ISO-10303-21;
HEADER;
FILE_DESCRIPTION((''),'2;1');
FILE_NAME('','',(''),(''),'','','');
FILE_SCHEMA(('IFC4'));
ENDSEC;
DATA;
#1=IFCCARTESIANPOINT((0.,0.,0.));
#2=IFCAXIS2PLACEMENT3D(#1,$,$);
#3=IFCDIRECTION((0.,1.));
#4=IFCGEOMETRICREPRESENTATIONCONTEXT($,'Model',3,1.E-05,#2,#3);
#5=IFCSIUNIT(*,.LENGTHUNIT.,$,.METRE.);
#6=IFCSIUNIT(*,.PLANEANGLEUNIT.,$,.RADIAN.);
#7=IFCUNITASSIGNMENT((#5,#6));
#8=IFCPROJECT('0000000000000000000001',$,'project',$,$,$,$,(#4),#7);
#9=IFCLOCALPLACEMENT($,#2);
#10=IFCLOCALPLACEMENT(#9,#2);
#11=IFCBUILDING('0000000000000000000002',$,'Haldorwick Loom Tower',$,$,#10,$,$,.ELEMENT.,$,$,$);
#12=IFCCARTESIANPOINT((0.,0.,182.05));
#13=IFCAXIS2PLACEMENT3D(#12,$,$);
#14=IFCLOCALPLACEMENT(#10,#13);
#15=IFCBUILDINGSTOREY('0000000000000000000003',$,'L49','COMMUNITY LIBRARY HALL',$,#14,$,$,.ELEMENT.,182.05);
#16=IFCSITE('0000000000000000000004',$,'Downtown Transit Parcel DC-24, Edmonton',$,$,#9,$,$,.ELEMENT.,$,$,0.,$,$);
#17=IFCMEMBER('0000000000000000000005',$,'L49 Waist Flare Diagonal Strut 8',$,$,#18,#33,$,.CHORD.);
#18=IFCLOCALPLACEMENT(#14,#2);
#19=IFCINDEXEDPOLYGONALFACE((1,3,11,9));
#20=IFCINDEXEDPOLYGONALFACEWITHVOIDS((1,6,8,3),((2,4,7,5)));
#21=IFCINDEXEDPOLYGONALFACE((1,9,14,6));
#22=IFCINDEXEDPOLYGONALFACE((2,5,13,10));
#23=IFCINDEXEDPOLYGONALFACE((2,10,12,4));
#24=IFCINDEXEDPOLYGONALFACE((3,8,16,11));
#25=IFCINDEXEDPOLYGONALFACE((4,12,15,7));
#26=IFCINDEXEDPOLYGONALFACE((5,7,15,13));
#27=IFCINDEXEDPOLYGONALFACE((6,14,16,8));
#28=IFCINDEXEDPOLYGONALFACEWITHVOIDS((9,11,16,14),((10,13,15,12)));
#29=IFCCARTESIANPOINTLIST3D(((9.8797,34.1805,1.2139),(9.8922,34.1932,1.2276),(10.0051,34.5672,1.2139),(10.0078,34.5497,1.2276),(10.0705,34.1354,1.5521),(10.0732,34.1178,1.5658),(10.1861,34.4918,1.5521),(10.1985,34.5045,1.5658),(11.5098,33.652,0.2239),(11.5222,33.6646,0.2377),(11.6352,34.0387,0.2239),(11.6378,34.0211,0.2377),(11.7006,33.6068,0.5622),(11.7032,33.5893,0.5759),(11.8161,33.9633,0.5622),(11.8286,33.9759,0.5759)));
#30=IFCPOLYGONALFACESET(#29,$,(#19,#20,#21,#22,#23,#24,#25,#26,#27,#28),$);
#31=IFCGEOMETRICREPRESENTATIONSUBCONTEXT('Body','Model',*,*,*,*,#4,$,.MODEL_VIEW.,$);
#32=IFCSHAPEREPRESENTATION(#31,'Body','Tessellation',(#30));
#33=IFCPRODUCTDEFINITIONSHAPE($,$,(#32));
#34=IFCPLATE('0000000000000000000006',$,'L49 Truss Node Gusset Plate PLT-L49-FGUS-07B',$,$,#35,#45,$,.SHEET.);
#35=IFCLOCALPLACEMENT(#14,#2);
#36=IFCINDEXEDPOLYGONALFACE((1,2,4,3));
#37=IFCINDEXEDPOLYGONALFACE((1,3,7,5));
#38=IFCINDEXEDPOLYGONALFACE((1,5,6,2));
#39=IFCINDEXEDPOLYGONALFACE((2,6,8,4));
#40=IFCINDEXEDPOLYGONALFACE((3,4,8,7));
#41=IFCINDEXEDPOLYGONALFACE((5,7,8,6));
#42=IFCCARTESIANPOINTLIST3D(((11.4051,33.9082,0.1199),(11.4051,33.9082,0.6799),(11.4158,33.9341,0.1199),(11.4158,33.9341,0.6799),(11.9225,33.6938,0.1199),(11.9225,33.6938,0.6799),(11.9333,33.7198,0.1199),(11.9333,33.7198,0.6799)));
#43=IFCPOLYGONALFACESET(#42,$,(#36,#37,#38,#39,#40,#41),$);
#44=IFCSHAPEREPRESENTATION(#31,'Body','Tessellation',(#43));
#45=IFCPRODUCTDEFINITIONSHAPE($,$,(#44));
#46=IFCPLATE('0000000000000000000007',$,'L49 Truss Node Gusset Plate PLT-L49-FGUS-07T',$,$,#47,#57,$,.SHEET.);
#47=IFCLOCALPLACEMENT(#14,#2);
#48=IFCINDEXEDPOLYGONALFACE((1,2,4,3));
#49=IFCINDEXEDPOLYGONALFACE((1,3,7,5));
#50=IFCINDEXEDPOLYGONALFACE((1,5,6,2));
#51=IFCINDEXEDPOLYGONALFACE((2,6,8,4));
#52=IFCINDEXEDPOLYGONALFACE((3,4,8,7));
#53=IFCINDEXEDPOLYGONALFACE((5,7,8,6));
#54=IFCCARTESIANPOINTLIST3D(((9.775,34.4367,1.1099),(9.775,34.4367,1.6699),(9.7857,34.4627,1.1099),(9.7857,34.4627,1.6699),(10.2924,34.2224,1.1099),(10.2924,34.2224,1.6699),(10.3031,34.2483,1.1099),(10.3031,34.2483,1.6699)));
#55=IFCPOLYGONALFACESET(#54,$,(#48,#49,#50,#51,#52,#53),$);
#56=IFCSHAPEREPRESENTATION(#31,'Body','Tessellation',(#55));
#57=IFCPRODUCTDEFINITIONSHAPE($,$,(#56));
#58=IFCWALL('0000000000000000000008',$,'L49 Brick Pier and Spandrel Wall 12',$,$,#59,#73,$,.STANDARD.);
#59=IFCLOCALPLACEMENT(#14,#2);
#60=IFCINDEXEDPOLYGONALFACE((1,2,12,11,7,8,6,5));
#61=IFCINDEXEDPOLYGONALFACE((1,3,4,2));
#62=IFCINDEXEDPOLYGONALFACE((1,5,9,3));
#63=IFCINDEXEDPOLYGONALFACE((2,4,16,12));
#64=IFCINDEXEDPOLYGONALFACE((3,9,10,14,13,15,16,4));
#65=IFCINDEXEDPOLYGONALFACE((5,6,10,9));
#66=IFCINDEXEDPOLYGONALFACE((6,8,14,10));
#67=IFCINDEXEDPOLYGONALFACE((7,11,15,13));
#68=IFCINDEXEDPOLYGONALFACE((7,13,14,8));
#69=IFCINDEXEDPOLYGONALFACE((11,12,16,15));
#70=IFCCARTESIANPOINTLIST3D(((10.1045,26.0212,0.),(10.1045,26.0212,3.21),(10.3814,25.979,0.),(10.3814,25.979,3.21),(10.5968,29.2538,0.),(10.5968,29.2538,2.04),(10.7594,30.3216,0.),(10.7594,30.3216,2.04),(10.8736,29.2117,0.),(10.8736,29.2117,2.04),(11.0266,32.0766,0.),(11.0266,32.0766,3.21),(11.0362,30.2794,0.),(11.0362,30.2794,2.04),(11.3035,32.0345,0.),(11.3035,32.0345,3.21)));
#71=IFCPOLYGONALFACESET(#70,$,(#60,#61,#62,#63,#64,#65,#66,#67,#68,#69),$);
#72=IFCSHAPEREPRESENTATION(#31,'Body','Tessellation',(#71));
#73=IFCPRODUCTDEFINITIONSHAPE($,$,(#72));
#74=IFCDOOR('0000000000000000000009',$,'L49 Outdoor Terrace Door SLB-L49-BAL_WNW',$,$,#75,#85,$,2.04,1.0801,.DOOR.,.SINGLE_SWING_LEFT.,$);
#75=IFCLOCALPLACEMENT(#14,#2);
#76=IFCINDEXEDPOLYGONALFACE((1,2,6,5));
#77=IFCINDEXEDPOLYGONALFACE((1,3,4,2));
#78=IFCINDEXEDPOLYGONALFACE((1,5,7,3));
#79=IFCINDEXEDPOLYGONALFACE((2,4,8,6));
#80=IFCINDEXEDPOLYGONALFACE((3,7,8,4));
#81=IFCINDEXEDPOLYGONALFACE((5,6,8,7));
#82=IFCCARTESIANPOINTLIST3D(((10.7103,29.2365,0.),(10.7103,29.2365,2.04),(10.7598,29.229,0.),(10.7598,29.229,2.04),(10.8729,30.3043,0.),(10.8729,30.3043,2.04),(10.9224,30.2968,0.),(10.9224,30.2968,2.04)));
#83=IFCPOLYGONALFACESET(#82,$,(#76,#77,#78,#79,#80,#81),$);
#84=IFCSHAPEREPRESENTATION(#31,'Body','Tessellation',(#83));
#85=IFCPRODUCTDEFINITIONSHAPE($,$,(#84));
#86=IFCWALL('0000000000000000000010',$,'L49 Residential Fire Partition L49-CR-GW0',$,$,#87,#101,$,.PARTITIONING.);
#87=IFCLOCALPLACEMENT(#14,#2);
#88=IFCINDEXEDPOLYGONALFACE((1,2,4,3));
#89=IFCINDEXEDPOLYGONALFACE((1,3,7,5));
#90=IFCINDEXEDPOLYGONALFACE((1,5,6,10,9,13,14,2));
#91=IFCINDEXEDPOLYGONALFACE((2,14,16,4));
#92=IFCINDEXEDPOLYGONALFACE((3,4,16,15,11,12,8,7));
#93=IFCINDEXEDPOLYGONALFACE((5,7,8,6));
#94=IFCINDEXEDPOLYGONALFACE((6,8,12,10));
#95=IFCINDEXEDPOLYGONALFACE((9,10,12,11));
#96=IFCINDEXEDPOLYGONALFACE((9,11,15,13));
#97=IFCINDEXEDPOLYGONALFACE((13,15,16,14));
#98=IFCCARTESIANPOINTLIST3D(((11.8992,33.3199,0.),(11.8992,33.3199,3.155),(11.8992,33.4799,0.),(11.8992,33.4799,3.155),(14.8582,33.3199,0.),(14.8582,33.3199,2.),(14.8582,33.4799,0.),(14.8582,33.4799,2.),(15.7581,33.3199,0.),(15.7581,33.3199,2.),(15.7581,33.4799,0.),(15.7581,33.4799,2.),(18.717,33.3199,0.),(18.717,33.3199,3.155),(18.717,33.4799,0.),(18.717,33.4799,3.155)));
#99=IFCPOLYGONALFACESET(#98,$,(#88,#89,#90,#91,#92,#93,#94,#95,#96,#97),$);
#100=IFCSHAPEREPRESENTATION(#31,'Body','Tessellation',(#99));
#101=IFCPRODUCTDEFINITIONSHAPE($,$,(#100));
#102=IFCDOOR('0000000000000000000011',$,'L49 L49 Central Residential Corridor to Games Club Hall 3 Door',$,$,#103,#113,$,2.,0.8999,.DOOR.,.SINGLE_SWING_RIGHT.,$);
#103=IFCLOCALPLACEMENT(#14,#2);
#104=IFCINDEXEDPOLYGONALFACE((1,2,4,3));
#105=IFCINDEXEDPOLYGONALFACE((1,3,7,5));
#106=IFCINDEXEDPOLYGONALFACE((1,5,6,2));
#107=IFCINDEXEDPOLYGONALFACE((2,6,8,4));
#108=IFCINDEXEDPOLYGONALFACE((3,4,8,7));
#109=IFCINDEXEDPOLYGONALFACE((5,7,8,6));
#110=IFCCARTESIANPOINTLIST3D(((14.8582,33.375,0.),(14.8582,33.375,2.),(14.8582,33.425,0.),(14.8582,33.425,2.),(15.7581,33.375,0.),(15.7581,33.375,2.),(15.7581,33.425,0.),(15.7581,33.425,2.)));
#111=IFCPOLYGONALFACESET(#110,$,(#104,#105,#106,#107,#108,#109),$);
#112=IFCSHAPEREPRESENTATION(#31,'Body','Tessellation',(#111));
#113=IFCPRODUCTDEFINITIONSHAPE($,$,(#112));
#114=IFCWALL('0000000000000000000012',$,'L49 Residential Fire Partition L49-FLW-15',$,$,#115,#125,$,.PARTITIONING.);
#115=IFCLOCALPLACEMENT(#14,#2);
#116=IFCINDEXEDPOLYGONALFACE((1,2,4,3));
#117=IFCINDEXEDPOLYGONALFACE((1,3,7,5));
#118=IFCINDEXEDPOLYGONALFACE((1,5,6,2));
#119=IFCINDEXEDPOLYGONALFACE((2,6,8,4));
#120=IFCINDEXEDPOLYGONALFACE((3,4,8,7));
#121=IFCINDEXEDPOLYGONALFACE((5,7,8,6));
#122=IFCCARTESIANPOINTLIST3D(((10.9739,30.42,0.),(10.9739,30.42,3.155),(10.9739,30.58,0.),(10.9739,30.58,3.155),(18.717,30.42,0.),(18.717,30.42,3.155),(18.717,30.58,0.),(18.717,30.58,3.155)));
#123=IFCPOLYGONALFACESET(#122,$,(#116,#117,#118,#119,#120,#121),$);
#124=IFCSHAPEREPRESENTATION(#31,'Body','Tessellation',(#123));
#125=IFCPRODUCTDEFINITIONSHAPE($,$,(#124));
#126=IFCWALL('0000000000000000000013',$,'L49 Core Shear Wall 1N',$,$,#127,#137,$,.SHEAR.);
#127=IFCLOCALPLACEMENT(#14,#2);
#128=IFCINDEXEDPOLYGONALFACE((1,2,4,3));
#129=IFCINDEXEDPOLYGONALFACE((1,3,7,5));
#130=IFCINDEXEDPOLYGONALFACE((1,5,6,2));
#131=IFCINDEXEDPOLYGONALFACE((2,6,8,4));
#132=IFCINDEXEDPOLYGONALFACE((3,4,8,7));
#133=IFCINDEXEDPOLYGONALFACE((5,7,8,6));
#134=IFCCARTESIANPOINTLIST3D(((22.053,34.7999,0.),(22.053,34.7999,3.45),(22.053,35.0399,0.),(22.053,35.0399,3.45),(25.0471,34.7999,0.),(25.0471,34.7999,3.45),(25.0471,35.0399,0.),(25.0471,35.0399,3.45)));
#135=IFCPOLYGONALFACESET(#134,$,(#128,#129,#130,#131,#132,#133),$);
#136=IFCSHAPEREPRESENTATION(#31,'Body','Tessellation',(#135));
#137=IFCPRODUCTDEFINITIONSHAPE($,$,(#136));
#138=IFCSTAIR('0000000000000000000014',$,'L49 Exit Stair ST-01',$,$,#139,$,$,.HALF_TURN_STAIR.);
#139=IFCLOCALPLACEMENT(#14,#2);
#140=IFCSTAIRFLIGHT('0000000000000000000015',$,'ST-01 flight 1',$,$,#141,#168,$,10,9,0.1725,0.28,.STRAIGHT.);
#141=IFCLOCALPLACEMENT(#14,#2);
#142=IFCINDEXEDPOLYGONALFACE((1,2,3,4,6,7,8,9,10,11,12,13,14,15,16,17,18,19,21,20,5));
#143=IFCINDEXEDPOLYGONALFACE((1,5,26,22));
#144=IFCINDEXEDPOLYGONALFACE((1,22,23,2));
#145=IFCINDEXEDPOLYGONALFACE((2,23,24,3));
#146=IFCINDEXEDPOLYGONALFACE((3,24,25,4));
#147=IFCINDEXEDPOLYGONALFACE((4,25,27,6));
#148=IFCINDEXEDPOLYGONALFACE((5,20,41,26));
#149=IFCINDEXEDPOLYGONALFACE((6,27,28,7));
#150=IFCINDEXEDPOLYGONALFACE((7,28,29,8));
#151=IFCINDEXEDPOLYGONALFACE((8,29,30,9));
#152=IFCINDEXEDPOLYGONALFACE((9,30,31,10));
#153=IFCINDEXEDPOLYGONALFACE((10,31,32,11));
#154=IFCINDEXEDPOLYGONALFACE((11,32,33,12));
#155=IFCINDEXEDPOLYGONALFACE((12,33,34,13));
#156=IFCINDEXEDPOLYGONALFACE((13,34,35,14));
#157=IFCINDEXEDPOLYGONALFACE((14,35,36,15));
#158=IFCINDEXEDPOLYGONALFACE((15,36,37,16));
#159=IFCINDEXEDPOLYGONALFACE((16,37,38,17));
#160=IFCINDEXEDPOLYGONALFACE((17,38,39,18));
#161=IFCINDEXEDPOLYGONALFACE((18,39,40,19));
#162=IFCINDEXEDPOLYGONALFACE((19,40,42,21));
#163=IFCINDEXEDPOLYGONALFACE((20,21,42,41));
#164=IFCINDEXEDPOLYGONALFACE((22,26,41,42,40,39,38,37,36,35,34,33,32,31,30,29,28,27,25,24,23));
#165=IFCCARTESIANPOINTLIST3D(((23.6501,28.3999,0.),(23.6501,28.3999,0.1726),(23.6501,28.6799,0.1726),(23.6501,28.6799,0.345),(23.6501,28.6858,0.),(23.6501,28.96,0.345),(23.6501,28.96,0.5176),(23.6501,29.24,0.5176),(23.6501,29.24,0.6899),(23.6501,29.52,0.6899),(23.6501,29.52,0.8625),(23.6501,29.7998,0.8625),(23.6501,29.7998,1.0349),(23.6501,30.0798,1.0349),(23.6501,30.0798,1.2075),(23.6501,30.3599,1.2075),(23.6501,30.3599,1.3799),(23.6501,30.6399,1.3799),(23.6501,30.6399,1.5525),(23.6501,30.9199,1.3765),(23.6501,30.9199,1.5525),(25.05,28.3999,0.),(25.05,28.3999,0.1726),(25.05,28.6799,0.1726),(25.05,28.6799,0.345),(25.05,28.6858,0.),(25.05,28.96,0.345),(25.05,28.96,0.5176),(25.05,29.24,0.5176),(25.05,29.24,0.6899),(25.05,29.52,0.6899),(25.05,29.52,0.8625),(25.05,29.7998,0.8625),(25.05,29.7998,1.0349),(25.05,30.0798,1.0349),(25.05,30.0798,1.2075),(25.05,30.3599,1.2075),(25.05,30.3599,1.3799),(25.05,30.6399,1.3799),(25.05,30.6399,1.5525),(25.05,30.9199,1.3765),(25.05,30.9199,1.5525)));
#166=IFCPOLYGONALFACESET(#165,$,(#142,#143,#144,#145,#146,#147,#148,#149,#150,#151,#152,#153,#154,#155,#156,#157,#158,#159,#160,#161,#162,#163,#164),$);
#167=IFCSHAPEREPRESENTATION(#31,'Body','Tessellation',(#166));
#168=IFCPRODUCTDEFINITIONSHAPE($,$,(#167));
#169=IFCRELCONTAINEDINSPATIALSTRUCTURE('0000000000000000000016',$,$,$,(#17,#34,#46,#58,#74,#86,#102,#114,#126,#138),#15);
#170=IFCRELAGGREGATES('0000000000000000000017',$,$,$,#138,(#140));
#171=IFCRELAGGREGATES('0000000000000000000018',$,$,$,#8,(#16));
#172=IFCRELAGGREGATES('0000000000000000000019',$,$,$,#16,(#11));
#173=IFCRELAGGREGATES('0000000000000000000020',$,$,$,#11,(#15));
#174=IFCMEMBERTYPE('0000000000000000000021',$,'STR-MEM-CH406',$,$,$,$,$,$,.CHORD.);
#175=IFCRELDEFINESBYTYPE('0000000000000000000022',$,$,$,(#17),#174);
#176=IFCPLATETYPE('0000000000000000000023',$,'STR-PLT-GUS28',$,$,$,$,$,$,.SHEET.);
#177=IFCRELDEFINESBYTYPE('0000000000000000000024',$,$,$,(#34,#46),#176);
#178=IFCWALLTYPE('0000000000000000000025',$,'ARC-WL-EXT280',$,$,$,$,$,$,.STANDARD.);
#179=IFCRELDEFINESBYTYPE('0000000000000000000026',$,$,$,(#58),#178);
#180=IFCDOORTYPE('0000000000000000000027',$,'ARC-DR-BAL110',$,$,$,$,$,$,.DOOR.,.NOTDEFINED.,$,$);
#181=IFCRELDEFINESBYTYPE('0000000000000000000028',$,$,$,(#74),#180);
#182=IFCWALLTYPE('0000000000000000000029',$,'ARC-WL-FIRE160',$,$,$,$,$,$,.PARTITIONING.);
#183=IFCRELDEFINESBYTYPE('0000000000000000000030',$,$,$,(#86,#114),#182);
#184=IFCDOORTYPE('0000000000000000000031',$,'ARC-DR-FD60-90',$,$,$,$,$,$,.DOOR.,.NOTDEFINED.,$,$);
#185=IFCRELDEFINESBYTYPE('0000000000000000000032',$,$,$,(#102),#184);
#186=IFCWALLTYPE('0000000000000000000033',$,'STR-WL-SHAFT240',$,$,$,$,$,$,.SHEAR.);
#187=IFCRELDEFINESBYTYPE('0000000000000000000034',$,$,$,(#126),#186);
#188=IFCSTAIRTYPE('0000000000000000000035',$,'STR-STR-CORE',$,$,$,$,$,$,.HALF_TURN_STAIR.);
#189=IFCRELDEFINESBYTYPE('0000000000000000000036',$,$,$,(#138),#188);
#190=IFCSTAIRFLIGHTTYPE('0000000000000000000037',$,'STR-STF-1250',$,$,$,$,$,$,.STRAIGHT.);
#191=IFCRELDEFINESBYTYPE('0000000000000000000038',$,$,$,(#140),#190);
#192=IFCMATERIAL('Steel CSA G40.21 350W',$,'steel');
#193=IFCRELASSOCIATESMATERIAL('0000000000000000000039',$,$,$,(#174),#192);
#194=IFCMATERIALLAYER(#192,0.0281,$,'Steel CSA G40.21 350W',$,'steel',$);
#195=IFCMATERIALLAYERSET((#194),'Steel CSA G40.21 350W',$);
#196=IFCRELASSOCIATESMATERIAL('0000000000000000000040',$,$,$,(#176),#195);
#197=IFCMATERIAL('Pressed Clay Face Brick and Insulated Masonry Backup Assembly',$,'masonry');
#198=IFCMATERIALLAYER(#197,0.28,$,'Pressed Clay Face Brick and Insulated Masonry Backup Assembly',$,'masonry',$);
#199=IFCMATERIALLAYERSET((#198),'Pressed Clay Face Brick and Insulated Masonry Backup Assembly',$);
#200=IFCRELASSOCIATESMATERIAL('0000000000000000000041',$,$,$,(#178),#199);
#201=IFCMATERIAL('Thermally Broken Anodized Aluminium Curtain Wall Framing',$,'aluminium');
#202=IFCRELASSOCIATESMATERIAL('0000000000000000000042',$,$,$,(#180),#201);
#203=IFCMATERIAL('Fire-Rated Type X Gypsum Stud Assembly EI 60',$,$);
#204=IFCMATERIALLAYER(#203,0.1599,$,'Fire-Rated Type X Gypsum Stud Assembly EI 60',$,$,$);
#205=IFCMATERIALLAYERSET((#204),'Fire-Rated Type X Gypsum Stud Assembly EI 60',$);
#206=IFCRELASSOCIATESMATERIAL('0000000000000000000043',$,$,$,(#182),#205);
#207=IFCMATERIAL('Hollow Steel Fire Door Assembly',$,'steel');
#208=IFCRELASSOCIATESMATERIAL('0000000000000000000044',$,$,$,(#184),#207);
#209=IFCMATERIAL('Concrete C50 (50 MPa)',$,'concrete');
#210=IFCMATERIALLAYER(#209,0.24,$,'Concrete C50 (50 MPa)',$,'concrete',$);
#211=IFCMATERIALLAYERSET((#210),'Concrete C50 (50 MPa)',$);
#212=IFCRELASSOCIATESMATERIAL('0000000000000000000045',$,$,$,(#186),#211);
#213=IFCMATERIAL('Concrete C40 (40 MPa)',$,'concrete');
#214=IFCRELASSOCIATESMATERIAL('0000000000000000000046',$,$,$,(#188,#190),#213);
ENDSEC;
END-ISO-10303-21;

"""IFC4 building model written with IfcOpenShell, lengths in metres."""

from ifc_helpers import new_model, si_unit, direction, frame, frame_2d, origin, origin_2d, place, context, subcontext, project, spatial, polyline, rectangle, hollow_rectangle, outline, extrude, material, layer, layer_set, material_profile, profile_set, type_object, element, fill, aggregate, save


model = new_model("IFC4")

# Units and contexts
model_context = context("Model", 3, precision=1e-05, world=origin(), true_north=direction((0.0, 1.0)))
body_context = subcontext(model_context, "Body", "Model", "MODEL_VIEW")
ifc_project = project(units=[si_unit("LENGTHUNIT", "METRE"), si_unit("PLANEANGLEUNIT", "RADIAN")], contexts=[model_context])

# Site, building, storey
site_placement = place(None, origin())
site = spatial("IfcSite", under=ifc_project, at=site_placement, Name="Downtown Transit Parcel DC-24, Edmonton", CompositionType="ELEMENT", RefElevation=0.0)
building_placement = place(site_placement, origin())
building = spatial("IfcBuilding", under=site, at=building_placement, Name="Haldorwick Loom Tower", CompositionType="ELEMENT")
storey_placement = place(building_placement, frame((0.0, 0.0, 182.05)))
storey = spatial("IfcBuildingStorey", under=building, at=storey_placement, Name="L49", Description="COMMUNITY LIBRARY HALL", CompositionType="ELEMENT", Elevation=182.05)

# Shared definitions
ifc_material_1 = material(Name="Steel CSA G40.21 350W", Category="steel")

# Member
ifc_material_profile_1 = material_profile(ifc_material_1, hollow_rectangle(XDim=0.4065, YDim=0.4065, WallThickness=0.0159, at=origin_2d()), Name="HSS406X406X16", Category="steel")
ifc_profile_set_1 = profile_set([ifc_material_profile_1], Name="Steel CSA G40.21 350W")
member_type = type_object("IfcMemberType", Name="STR-MEM-CH406", PredefinedType="CHORD", material=ifc_profile_set_1)
member_placement = place(storey_placement, frame((11.6692, 33.814, 0.3999), z_axis=(-0.823677, 0.267075, 0.500226), x_axis=(-0.308439, -0.951244, 0.0)))
element("IfcMember", 1, at=member_placement, inside=storey, type_object=member_type, Name="L49 Waist Flare Diagonal Strut 8", PredefinedType="CHORD", context=body_context, shape_type="SweptSolid", body=[
    extrude(hollow_rectangle(XDim=0.4065, YDim=0.4065, WallThickness=0.0159, at=origin_2d()), origin(), (0.0, 0.0, 1.0), 1.979),
])

# Plates
ifc_layer_1 = layer(ifc_material_1, 0.0281, Name="Steel CSA G40.21 350W", Category="steel")
ifc_layer_set_1 = layer_set([ifc_layer_1], Name="Steel CSA G40.21 350W")
plate_type = type_object("IfcPlateType", Name="STR-PLT-GUS28", PredefinedType="SHEET", material=ifc_layer_set_1)
for number, where, z_axis, x_axis, name in (
    (2, (11.6692, 33.814, 0.1199), (0.0, 0.0, 1.0), (-0.92388, 0.382683, 0.0), "L49 Truss Node Gusset Plate PLT-L49-FGUS-07B"),
    (3, (10.0391, 34.3425, 1.1099), (0.0, 0.0, 1.0), (-0.92388, 0.382683, 0.0), "L49 Truss Node Gusset Plate PLT-L49-FGUS-07T"),
):
    element("IfcPlate", number, at=place(storey_placement, frame(where, z_axis=z_axis, x_axis=x_axis)), inside=storey, type_object=plate_type, Name=name, PredefinedType="SHEET", context=body_context, shape_type="SweptSolid", body=[
        extrude(rectangle(XDim=0.5601, YDim=0.0281, at=origin_2d()), origin(), (0.0, 0.0, 1.0), 0.5601),
    ])

# Walls, openings, doors
ifc_material_2 = material(Name="Pressed Clay Face Brick and Insulated Masonry Backup Assembly", Category="masonry")
ifc_layer_2 = layer(ifc_material_2, 0.28, Name="Pressed Clay Face Brick and Insulated Masonry Backup Assembly", Category="masonry")
ifc_layer_set_2 = layer_set([ifc_layer_2], Name="Pressed Clay Face Brick and Insulated Masonry Backup Assembly")
wall_type_1 = type_object("IfcWallType", Name="ARC-WL-EXT280", PredefinedType="STANDARD", material=ifc_layer_set_2)
wall_1_placement = place(storey_placement, frame((11.165, 32.0554, 0.0), z_axis=(0.0, 0.0, 1.0), x_axis=(-0.150544, -0.988603, 0.0)))
wall_1 = element("IfcWall", 4, at=wall_1_placement, inside=storey, type_object=wall_type_1, Name="L49 Brick Pier and Spandrel Wall 12", PredefinedType="STANDARD", context=body_context, shape_type="SweptSolid", body=[
    extrude(rectangle(XDim=6.1252, YDim=0.28, at=frame_2d((3.0625, 0.0))), origin(), (0.0, 0.0, 1.0), 3.21),
])
opening_1_placement = place(wall_1_placement, frame((1.7751, 0.0, 0.0)))
opening_1 = element("IfcOpeningElement", 5, at=opening_1_placement, cuts=wall_1, PredefinedType="OPENING", context=body_context, shape_type="SweptSolid", body=[
    extrude(rectangle(XDim=1.0801, YDim=2.04, at=frame_2d((0.54, 1.02))), frame((0.0, 0.1499, 0.0), z_axis=(0.0, -1.0, 0.0), x_axis=(1.0, 0.0, 0.0)), (0.0, 0.0, 1.0), 0.3),
])
ifc_material_3 = material(Name="Thermally Broken Anodized Aluminium Curtain Wall Framing", Category="aluminium")
door_type_1 = type_object("IfcDoorType", Name="ARC-DR-BAL110", OperationType="NOTDEFINED", PredefinedType="DOOR", material=ifc_material_3)
door_1_placement = place(opening_1_placement, origin())
door_1 = element("IfcDoor", 6, at=door_1_placement, inside=storey, type_object=door_type_1, Name="L49 Outdoor Terrace Door SLB-L49-BAL_WNW", OperationType="SINGLE_SWING_LEFT", OverallHeight=2.04, OverallWidth=1.0801, PredefinedType="DOOR", context=body_context, shape_type="SweptSolid", body=[
    extrude(rectangle(XDim=1.0801, YDim=2.04, at=frame_2d((0.54, 1.02))), frame((0.0, 0.0249, 0.0), z_axis=(0.0, -1.0, 0.0), x_axis=(1.0, 0.0, 0.0)), (0.0, 0.0, 1.0), 0.05),
])
fill(opening_1, door_1)
ifc_material_4 = material(Name="Fire-Rated Type X Gypsum Stud Assembly EI 60")
ifc_layer_3 = layer(ifc_material_4, 0.1599, Name="Fire-Rated Type X Gypsum Stud Assembly EI 60")
ifc_layer_set_3 = layer_set([ifc_layer_3], Name="Fire-Rated Type X Gypsum Stud Assembly EI 60")
wall_type_2 = type_object("IfcWallType", Name="ARC-WL-FIRE160", PredefinedType="PARTITIONING", material=ifc_layer_set_3)
wall_2_placement = place(storey_placement, frame((11.8992, 33.3999, 0.0), z_axis=(0.0, 0.0, 1.0), x_axis=(1.0, 0.0, 0.0)))
wall_2 = element("IfcWall", 7, at=wall_2_placement, inside=storey, type_object=wall_type_2, Name="L49 Residential Fire Partition L49-CR-GW0", PredefinedType="PARTITIONING", context=body_context, shape_type="SweptSolid", body=[
    extrude(rectangle(XDim=6.8179, YDim=0.1599, at=frame_2d((3.4089, 0.0))), origin(), (0.0, 0.0, 1.0), 3.155),
])
opening_2_placement = place(wall_2_placement, frame((2.959, 0.0, 0.0)))
opening_2 = element("IfcOpeningElement", 8, at=opening_2_placement, cuts=wall_2, PredefinedType="OPENING", context=body_context, shape_type="SweptSolid", body=[
    extrude(rectangle(XDim=0.8999, YDim=2.0, at=frame_2d((0.45, 1.0))), frame((0.0, 0.0898, 0.0), z_axis=(0.0, -1.0, 0.0), x_axis=(1.0, 0.0, 0.0)), (0.0, 0.0, 1.0), 0.1799),
])
ifc_material_5 = material(Name="Hollow Steel Fire Door Assembly", Category="steel")
door_type_2 = type_object("IfcDoorType", Name="ARC-DR-FD60-90", OperationType="NOTDEFINED", PredefinedType="DOOR", material=ifc_material_5)
door_2_placement = place(opening_2_placement, frame((0.8999, 0.0, 0.0), z_axis=(0.0, 0.0, 1.0), x_axis=(-1.0, 0.0, 0.0)))
door_2 = element("IfcDoor", 9, at=door_2_placement, inside=storey, type_object=door_type_2, Name="L49 L49 Central Residential Corridor to Games Club Hall 3 Door", OperationType="SINGLE_SWING_RIGHT", OverallHeight=2.0, OverallWidth=0.8999, PredefinedType="DOOR", context=body_context, shape_type="SweptSolid", body=[
    extrude(rectangle(XDim=0.8999, YDim=2.0, at=frame_2d((0.45, 1.0))), frame((0.0, 0.0249, 0.0), z_axis=(0.0, -1.0, 0.0), x_axis=(1.0, 0.0, 0.0)), (0.0, 0.0, 1.0), 0.05),
])
fill(opening_2, door_2)

# Walls
wall_3_placement = place(storey_placement, frame((10.9739, 30.5, 0.0), z_axis=(0.0, 0.0, 1.0), x_axis=(1.0, 0.0, 0.0)))
element("IfcWall", 10, at=wall_3_placement, inside=storey, type_object=wall_type_2, Name="L49 Residential Fire Partition L49-FLW-15", PredefinedType="PARTITIONING", context=body_context, shape_type="SweptSolid", body=[
    extrude(rectangle(XDim=7.7432, YDim=0.1599, at=frame_2d((3.8716, 0.0))), origin(), (0.0, 0.0, 1.0), 3.155),
])
ifc_material_6 = material(Name="Concrete C50 (50 MPa)", Category="concrete")
ifc_layer_4 = layer(ifc_material_6, 0.24, Name="Concrete C50 (50 MPa)", Category="concrete")
ifc_layer_set_4 = layer_set([ifc_layer_4], Name="Concrete C50 (50 MPa)")
wall_type_3 = type_object("IfcWallType", Name="STR-WL-SHAFT240", PredefinedType="SHEAR", material=ifc_layer_set_4)
wall_4_placement = place(storey_placement, frame((22.053, 34.9199, 0.0), z_axis=(0.0, 0.0, 1.0), x_axis=(1.0, 0.0, 0.0)))
element("IfcWall", 11, at=wall_4_placement, inside=storey, type_object=wall_type_3, Name="L49 Core Shear Wall 1N", PredefinedType="SHEAR", context=body_context, shape_type="SweptSolid", body=[
    extrude(rectangle(XDim=2.9941, YDim=0.24, at=frame_2d((1.4971, 0.0))), origin(), (0.0, 0.0, 1.0), 3.45),
])

# Stair, stair flight
ifc_material_7 = material(Name="Concrete C40 (40 MPa)", Category="concrete")
stair_type = type_object("IfcStairType", Name="STR-STR-CORE", PredefinedType="HALF_TURN_STAIR", material=ifc_material_7)
stair_placement = place(storey_placement, origin())
stair = element("IfcStair", 12, at=stair_placement, inside=storey, type_object=stair_type, Name="L49 Exit Stair ST-01", PredefinedType="HALF_TURN_STAIR")
stair_flight_type = type_object("IfcStairFlightType", Name="STR-STF-1250", PredefinedType="STRAIGHT", material=ifc_material_7)
stair_flight_1_placement = place(storey_placement, frame((24.3501, 28.3999, 0.0), z_axis=(0.0, 0.0, 1.0), x_axis=(0.0, 1.0, 0.0)))
stair_flight_1 = element("IfcStairFlight", 13, at=stair_flight_1_placement, type_object=stair_flight_type, Name="ST-01 flight 1", NumberOfRisers=10, NumberOfTreads=9, PredefinedType="STRAIGHT", RiserHeight=0.1725, TreadLength=0.28, context=body_context, shape_type="SweptSolid", body=[
    extrude(outline(polyline([(0.0, 0.0), (0.0, 0.1726), (0.28, 0.1726), (0.28, 0.345), (0.5601, 0.345), (0.5601, 0.5176), (0.8401, 0.5176), (0.8401, 0.6899), (1.1201, 0.6899), (1.1201, 0.8625), (1.3999, 0.8625), (1.3999, 1.0349), (1.6799, 1.0349), (1.6799, 1.2075), (1.96, 1.2075), (1.96, 1.3799), (2.24, 1.3799), (2.24, 1.5525), (2.52, 1.5525), (2.52, 1.7251), (2.52, 1.3765), (0.2859, 0.0), (0.0, 0.0)])), frame((0.0, 0.7, 0.0), z_axis=(0.0, -1.0, 0.0), x_axis=(1.0, 0.0, 0.0)), (0.0, 0.0, 1.0), 1.3999),
])
aggregate(stair, [stair_flight_1])

save(model, "model.ifc")
